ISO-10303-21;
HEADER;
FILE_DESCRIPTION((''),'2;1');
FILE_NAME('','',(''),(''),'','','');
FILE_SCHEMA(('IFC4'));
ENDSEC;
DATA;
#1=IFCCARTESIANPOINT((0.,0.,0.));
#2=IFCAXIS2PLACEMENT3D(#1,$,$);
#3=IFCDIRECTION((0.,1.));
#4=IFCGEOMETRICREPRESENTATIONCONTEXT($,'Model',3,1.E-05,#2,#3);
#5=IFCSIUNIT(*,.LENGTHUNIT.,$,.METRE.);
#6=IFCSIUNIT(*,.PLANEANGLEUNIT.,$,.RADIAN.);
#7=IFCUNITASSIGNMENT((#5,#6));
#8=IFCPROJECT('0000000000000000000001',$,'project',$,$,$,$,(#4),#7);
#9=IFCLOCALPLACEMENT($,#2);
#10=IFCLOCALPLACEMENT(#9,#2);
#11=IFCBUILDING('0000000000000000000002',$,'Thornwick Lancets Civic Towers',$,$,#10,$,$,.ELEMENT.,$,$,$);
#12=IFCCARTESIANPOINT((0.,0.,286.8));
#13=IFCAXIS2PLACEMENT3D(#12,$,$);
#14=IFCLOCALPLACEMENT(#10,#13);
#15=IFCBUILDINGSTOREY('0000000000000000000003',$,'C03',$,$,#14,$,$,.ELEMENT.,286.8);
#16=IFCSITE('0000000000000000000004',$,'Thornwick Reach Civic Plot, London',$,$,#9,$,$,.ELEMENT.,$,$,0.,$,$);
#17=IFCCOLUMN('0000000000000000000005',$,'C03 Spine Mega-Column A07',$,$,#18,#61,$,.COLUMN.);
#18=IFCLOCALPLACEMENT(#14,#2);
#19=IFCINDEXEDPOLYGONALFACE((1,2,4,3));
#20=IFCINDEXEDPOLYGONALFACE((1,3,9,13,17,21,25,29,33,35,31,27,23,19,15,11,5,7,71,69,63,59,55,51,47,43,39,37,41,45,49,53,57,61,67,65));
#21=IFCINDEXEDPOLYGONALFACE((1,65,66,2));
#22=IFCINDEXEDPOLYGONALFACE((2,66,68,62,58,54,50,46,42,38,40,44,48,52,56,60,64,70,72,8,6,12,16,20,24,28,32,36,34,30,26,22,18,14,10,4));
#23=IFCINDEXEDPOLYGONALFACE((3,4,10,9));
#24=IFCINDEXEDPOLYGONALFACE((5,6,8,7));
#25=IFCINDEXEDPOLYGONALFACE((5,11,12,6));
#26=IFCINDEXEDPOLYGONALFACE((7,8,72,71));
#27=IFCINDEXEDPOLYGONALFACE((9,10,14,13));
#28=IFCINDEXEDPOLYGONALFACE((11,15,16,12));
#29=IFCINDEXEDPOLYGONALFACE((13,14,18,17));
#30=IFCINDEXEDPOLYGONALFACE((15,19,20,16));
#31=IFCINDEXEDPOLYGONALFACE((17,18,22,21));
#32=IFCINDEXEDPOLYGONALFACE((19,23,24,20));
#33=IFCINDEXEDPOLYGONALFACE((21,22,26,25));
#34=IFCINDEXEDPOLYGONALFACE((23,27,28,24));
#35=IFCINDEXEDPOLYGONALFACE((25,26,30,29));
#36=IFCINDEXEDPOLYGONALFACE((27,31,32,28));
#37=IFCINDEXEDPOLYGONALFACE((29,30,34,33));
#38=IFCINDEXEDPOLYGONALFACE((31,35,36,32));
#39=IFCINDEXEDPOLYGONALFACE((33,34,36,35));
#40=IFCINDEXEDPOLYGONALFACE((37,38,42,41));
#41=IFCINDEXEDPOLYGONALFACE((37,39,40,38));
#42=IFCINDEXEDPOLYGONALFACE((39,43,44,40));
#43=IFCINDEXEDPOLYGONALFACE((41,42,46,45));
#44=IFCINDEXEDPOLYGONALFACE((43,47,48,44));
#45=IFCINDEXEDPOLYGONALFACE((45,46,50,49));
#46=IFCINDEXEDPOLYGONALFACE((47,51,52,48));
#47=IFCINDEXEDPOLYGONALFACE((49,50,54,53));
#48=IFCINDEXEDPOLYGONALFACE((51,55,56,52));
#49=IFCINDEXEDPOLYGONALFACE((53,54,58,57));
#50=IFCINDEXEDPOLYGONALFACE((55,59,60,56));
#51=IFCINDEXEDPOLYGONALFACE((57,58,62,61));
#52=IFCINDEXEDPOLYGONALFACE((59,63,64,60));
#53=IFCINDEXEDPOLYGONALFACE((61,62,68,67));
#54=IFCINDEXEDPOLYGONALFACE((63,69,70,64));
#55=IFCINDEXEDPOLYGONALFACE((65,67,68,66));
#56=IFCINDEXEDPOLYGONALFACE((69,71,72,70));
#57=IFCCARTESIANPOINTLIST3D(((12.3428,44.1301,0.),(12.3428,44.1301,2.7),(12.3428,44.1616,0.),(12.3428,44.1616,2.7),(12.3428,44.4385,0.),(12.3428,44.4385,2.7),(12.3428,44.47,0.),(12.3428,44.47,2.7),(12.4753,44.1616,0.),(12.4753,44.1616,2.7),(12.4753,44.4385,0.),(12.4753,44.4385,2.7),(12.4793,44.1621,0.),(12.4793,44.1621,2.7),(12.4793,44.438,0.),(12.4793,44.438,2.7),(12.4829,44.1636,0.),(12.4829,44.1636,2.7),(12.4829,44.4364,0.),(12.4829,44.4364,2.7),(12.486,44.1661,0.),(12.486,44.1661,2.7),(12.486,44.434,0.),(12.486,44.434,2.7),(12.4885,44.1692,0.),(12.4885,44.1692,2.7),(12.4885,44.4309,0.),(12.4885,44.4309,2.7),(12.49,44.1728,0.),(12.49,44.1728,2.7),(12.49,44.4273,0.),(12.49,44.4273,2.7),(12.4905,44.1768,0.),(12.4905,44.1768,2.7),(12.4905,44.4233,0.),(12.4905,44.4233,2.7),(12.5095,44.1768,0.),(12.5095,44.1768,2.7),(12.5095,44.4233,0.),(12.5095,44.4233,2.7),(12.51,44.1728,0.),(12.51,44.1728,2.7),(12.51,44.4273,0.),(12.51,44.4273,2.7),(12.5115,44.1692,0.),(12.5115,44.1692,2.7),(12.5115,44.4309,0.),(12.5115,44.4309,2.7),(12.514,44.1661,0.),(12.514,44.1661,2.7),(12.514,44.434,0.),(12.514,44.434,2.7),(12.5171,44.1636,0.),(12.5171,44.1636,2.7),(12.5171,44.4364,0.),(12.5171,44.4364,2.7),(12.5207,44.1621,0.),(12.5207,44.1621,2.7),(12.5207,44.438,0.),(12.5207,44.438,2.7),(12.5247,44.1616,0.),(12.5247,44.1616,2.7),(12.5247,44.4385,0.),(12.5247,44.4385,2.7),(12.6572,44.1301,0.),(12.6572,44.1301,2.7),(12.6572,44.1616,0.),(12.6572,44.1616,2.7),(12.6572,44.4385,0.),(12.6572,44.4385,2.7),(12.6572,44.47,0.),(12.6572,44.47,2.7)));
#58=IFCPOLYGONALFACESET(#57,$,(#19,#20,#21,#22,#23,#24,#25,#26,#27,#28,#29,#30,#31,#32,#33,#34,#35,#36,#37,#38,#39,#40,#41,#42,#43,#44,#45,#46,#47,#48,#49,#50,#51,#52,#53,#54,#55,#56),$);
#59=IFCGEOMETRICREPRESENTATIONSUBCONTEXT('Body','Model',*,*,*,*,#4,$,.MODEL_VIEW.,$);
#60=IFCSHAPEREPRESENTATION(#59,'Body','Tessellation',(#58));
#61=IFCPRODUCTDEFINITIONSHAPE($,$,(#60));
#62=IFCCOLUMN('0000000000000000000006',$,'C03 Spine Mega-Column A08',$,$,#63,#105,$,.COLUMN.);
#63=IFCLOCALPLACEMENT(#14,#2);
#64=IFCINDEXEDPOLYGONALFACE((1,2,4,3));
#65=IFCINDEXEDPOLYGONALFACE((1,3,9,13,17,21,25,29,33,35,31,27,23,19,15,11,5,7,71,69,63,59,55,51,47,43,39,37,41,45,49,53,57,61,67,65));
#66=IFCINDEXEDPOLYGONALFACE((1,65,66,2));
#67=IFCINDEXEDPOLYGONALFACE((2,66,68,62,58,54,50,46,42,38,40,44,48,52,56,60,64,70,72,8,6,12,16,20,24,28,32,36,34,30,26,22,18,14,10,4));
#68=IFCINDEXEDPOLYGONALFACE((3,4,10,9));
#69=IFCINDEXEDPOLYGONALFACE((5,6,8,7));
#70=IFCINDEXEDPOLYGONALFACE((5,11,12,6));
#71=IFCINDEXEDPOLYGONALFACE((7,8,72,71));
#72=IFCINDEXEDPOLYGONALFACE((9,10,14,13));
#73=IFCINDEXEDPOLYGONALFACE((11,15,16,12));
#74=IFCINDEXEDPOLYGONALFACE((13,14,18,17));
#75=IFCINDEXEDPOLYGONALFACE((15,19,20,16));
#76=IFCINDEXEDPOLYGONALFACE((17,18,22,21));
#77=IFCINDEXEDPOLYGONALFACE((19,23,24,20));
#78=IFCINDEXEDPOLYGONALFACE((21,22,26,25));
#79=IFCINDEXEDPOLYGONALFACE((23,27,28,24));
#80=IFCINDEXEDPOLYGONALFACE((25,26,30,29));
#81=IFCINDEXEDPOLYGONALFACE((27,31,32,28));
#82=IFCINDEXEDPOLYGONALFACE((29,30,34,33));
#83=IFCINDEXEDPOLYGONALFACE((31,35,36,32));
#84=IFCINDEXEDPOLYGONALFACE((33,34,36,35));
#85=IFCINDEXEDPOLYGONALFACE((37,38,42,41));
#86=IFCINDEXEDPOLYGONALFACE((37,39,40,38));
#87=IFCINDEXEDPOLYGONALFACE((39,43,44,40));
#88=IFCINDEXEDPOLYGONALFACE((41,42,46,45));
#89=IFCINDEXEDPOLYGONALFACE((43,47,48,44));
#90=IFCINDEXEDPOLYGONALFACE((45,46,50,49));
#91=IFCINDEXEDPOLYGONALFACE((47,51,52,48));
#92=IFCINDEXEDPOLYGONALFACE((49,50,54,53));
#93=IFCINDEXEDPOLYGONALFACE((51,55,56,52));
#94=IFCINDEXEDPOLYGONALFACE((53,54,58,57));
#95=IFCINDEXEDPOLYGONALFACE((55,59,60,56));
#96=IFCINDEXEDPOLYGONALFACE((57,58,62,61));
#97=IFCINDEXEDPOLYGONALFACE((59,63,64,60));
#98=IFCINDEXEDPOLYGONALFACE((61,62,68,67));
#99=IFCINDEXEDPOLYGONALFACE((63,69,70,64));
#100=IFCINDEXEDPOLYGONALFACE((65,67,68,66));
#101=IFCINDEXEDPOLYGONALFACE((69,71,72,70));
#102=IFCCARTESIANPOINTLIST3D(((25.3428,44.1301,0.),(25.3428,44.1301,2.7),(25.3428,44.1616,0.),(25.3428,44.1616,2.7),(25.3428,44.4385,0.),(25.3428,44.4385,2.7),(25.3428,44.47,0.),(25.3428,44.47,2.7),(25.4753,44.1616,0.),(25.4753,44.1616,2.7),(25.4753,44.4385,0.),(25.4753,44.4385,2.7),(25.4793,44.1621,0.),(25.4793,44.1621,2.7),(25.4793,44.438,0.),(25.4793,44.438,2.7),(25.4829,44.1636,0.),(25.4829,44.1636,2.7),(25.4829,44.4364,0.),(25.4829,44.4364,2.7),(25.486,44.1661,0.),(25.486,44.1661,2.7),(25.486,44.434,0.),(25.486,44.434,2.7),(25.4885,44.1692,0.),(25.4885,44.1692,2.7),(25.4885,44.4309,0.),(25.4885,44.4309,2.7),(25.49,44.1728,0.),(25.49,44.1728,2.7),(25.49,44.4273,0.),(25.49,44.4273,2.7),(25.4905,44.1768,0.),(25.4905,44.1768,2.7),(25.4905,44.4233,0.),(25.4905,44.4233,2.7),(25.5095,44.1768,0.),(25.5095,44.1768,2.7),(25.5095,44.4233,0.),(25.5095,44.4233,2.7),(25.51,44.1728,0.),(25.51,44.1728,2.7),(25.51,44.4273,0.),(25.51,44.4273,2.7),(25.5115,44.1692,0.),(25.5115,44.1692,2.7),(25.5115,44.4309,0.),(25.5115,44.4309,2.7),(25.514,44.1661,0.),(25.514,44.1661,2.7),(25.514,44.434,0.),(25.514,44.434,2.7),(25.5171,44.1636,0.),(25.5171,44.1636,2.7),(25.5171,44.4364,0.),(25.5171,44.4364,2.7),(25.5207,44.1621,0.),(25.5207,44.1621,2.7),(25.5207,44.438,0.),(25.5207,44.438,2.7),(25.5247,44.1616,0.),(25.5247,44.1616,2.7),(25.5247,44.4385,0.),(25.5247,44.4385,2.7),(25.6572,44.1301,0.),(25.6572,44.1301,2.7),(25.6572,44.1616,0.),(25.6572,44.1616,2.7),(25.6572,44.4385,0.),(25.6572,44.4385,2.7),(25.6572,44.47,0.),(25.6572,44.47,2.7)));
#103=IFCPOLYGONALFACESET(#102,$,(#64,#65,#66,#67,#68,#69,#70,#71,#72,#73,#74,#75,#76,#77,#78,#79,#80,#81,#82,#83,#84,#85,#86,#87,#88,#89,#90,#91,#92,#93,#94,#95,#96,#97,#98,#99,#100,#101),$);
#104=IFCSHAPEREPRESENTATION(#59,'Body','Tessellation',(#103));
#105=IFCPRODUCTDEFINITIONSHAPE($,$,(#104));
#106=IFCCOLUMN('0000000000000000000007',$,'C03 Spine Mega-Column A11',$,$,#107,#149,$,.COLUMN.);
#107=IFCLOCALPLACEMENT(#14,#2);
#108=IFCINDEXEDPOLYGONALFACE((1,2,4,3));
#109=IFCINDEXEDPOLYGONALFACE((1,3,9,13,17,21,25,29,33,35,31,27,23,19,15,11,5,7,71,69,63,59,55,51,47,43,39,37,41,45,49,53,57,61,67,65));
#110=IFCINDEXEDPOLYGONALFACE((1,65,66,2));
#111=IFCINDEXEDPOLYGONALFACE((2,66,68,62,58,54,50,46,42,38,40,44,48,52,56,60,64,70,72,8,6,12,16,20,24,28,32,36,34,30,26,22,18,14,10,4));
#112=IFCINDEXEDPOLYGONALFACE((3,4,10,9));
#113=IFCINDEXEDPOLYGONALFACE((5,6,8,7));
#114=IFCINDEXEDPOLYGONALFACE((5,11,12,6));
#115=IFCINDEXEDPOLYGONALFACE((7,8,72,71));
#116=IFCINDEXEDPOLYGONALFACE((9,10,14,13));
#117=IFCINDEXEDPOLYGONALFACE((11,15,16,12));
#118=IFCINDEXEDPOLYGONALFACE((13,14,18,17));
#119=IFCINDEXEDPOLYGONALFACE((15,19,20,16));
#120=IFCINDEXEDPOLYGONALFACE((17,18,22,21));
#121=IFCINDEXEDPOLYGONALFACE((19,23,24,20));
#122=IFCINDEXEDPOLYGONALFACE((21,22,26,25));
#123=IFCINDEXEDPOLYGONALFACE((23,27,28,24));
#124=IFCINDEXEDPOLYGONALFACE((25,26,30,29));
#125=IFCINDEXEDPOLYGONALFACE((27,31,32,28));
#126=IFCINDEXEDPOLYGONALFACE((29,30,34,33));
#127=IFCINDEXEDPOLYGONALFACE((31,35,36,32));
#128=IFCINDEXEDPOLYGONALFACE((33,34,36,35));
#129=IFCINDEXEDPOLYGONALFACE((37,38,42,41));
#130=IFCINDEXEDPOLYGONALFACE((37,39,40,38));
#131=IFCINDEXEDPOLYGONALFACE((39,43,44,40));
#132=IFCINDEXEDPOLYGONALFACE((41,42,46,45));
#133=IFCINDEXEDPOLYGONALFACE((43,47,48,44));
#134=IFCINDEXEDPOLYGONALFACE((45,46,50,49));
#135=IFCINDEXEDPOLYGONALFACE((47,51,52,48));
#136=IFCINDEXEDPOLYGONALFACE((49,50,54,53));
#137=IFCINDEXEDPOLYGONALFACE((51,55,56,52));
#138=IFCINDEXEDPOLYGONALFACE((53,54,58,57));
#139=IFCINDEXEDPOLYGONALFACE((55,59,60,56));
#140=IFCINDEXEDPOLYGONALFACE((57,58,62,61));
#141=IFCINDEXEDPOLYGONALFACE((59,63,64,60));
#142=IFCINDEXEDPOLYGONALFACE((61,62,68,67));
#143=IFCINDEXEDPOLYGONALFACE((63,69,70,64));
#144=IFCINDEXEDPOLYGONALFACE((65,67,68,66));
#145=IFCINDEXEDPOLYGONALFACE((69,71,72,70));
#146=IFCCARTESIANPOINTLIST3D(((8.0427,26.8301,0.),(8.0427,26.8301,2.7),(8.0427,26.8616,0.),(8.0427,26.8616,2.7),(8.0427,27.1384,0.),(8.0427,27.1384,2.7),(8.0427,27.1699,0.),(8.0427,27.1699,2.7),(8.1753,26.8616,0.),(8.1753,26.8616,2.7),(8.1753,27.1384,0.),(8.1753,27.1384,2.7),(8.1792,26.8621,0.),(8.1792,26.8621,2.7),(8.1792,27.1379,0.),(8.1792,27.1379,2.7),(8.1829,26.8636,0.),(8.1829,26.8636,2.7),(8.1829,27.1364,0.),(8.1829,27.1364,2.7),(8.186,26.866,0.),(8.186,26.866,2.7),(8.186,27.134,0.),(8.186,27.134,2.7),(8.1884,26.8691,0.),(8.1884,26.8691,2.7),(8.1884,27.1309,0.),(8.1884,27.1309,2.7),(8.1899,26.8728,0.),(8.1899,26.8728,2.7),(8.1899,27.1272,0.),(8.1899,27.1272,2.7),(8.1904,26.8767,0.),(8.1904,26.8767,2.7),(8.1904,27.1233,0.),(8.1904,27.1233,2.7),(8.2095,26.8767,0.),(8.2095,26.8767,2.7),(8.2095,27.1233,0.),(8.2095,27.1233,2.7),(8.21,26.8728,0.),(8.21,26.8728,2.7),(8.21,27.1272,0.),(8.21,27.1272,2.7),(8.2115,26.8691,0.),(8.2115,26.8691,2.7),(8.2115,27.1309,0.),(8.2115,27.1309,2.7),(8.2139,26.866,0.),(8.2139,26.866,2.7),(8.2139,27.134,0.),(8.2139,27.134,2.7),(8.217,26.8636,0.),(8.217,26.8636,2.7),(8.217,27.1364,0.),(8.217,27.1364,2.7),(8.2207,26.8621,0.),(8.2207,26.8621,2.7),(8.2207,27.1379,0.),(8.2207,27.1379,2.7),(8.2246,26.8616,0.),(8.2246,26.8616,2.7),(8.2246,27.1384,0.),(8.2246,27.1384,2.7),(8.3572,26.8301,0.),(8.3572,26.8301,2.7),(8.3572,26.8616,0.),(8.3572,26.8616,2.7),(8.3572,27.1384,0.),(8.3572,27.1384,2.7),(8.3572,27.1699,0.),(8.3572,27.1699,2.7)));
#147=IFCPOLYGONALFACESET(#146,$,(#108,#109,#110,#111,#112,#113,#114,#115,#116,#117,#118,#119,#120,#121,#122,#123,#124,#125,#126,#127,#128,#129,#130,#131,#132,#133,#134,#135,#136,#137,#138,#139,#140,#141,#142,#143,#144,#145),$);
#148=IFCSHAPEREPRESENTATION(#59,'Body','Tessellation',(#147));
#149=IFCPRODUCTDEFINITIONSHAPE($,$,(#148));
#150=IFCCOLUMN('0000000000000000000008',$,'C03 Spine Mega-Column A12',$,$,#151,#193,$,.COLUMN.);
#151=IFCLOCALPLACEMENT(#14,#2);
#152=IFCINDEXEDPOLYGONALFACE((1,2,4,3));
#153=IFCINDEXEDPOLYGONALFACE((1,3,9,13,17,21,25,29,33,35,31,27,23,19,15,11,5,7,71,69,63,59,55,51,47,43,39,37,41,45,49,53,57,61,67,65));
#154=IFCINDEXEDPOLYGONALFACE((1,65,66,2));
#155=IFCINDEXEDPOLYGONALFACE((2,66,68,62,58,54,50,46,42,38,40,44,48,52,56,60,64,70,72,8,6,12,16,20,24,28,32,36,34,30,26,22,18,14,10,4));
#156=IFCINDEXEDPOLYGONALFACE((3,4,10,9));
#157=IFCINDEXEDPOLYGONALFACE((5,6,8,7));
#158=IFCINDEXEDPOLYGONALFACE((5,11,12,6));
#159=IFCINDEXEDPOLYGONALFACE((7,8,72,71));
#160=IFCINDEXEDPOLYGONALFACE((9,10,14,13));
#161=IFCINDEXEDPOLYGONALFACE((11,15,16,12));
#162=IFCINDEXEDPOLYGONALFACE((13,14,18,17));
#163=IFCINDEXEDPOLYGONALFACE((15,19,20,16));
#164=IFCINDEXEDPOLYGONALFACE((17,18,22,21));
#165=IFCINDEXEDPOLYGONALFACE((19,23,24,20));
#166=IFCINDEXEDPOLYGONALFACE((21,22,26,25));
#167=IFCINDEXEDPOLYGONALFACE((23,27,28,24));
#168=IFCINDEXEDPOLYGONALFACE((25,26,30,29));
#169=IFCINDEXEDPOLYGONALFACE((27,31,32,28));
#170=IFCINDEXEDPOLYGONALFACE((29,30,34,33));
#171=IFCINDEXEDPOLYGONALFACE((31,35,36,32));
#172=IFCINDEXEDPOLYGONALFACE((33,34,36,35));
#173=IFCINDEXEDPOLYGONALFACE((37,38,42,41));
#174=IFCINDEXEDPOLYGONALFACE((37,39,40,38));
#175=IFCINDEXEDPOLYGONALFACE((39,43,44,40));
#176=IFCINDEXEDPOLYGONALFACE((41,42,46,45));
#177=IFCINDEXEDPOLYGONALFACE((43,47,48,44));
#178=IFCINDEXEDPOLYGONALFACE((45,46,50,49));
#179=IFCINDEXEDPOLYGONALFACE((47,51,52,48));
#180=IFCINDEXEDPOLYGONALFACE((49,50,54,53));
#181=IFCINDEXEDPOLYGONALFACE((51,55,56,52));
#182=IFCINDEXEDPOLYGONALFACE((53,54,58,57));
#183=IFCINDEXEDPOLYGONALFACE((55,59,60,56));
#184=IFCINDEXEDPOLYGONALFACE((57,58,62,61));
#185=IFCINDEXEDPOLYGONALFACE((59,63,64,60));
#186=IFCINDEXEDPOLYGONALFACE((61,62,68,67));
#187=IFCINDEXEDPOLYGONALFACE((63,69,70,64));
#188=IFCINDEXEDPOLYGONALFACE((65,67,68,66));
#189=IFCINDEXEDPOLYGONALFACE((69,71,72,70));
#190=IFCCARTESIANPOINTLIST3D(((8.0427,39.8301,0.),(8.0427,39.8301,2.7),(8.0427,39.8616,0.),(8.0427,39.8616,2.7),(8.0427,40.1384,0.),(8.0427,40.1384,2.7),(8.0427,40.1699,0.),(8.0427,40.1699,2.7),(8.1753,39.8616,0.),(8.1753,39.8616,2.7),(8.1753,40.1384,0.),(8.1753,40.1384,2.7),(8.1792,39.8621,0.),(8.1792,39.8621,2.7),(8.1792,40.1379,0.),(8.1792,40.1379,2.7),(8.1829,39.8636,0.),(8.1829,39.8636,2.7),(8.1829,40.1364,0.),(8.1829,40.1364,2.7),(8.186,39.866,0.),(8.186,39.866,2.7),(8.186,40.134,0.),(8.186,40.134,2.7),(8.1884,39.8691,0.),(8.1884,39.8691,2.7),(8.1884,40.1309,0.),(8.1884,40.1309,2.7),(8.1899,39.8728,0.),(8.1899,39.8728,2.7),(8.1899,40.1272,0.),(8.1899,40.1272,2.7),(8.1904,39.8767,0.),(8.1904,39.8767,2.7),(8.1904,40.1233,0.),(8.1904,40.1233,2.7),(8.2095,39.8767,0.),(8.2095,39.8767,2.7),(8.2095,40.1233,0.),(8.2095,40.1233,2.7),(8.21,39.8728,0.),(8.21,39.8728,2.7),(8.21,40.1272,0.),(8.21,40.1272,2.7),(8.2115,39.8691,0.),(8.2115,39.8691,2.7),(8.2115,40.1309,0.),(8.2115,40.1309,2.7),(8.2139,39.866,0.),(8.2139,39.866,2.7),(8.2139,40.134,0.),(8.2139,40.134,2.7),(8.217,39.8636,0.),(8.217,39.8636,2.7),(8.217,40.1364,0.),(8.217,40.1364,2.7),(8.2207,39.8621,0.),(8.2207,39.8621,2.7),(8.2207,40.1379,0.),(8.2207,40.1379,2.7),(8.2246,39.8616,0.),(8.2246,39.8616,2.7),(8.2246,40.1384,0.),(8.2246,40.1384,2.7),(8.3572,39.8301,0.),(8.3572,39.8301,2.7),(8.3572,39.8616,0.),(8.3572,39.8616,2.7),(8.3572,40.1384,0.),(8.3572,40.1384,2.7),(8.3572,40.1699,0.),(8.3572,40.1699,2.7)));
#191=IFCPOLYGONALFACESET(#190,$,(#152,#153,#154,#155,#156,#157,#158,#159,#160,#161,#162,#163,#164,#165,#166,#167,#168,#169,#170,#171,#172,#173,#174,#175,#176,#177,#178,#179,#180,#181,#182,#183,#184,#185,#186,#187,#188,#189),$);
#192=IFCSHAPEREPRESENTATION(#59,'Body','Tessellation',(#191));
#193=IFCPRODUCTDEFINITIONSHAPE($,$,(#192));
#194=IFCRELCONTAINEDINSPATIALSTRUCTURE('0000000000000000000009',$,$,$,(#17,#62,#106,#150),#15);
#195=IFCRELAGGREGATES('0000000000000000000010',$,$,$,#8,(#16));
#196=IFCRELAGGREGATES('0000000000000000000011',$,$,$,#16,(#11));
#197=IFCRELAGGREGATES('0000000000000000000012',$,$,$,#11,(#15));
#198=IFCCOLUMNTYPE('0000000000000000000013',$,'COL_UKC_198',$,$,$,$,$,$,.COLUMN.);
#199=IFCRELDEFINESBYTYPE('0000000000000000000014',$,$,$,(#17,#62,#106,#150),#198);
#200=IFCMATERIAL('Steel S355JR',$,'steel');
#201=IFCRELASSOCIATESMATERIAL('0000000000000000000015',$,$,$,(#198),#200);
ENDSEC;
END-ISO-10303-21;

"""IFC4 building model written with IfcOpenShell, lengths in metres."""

from ifc_helpers import new_model, si_unit, direction, frame, origin, origin_2d, place, context, subcontext, project, spatial, i_section, extrude, material, material_profile, profile_set, type_object, element, save


model = new_model("IFC4")

# Units and contexts
model_context = context("Model", 3, precision=1e-05, world=origin(), true_north=direction((0.0, 1.0)))
body_context = subcontext(model_context, "Body", "Model", "MODEL_VIEW")
ifc_project = project(units=[si_unit("LENGTHUNIT", "METRE"), si_unit("PLANEANGLEUNIT", "RADIAN")], contexts=[model_context])

# Site, building, storey
site_placement = place(None, origin())
site = spatial("IfcSite", under=ifc_project, at=site_placement, Name="Thornwick Reach Civic Plot, London", CompositionType="ELEMENT", RefElevation=0.0)
building_placement = place(site_placement, origin())
building = spatial("IfcBuilding", under=site, at=building_placement, Name="Thornwick Lancets Civic Towers", CompositionType="ELEMENT")
storey_placement = place(building_placement, frame((0.0, 0.0, 286.8)))
storey = spatial("IfcBuildingStorey", under=building, at=storey_placement, Name="C03", CompositionType="ELEMENT", Elevation=286.8)

# Columns
ifc_material_1 = material(Name="Steel S355JR", Category="steel")
ifc_material_profile_1 = material_profile(ifc_material_1, i_section(OverallWidth=0.3145, OverallDepth=0.3398, WebThickness=0.019, FlangeThickness=0.0315, FilletRadius=0.0151, at=origin_2d()), Name="UKC 305x305x198")
ifc_profile_set_1 = profile_set([ifc_material_profile_1], Name="Steel S355JR")
column_type = type_object("IfcColumnType", Name="COL_UKC_198", PredefinedType="COLUMN", material=ifc_profile_set_1)
for number, where, z_axis, x_axis, name in (
    (1, (12.5, 44.3, 0.0), (0.0, 0.0, 1.0), (1.0, 0.0, 0.0), "C03 Spine Mega-Column A07"),
    (2, (25.5, 44.3, 0.0), (0.0, 0.0, 1.0), (1.0, 0.0, 0.0), "C03 Spine Mega-Column A08"),
    (3, (8.2, 27.0, 0.0), (0.0, 0.0, 1.0), (1.0, 0.0, 0.0), "C03 Spine Mega-Column A11"),
    (4, (8.2, 40.0, 0.0), (0.0, 0.0, 1.0), (1.0, 0.0, 0.0), "C03 Spine Mega-Column A12"),
):
    element("IfcColumn", number, at=place(storey_placement, frame(where, z_axis=z_axis, x_axis=x_axis)), inside=storey, type_object=column_type, Name=name, PredefinedType="COLUMN", context=body_context, shape_type="SweptSolid", body=[
        extrude(i_section(OverallWidth=0.3145, OverallDepth=0.3398, WebThickness=0.019, FlangeThickness=0.0315, FilletRadius=0.0151, at=origin_2d()), origin(), (0.0, 0.0, 1.0), 2.7),
    ])

save(model, "model.ifc")
